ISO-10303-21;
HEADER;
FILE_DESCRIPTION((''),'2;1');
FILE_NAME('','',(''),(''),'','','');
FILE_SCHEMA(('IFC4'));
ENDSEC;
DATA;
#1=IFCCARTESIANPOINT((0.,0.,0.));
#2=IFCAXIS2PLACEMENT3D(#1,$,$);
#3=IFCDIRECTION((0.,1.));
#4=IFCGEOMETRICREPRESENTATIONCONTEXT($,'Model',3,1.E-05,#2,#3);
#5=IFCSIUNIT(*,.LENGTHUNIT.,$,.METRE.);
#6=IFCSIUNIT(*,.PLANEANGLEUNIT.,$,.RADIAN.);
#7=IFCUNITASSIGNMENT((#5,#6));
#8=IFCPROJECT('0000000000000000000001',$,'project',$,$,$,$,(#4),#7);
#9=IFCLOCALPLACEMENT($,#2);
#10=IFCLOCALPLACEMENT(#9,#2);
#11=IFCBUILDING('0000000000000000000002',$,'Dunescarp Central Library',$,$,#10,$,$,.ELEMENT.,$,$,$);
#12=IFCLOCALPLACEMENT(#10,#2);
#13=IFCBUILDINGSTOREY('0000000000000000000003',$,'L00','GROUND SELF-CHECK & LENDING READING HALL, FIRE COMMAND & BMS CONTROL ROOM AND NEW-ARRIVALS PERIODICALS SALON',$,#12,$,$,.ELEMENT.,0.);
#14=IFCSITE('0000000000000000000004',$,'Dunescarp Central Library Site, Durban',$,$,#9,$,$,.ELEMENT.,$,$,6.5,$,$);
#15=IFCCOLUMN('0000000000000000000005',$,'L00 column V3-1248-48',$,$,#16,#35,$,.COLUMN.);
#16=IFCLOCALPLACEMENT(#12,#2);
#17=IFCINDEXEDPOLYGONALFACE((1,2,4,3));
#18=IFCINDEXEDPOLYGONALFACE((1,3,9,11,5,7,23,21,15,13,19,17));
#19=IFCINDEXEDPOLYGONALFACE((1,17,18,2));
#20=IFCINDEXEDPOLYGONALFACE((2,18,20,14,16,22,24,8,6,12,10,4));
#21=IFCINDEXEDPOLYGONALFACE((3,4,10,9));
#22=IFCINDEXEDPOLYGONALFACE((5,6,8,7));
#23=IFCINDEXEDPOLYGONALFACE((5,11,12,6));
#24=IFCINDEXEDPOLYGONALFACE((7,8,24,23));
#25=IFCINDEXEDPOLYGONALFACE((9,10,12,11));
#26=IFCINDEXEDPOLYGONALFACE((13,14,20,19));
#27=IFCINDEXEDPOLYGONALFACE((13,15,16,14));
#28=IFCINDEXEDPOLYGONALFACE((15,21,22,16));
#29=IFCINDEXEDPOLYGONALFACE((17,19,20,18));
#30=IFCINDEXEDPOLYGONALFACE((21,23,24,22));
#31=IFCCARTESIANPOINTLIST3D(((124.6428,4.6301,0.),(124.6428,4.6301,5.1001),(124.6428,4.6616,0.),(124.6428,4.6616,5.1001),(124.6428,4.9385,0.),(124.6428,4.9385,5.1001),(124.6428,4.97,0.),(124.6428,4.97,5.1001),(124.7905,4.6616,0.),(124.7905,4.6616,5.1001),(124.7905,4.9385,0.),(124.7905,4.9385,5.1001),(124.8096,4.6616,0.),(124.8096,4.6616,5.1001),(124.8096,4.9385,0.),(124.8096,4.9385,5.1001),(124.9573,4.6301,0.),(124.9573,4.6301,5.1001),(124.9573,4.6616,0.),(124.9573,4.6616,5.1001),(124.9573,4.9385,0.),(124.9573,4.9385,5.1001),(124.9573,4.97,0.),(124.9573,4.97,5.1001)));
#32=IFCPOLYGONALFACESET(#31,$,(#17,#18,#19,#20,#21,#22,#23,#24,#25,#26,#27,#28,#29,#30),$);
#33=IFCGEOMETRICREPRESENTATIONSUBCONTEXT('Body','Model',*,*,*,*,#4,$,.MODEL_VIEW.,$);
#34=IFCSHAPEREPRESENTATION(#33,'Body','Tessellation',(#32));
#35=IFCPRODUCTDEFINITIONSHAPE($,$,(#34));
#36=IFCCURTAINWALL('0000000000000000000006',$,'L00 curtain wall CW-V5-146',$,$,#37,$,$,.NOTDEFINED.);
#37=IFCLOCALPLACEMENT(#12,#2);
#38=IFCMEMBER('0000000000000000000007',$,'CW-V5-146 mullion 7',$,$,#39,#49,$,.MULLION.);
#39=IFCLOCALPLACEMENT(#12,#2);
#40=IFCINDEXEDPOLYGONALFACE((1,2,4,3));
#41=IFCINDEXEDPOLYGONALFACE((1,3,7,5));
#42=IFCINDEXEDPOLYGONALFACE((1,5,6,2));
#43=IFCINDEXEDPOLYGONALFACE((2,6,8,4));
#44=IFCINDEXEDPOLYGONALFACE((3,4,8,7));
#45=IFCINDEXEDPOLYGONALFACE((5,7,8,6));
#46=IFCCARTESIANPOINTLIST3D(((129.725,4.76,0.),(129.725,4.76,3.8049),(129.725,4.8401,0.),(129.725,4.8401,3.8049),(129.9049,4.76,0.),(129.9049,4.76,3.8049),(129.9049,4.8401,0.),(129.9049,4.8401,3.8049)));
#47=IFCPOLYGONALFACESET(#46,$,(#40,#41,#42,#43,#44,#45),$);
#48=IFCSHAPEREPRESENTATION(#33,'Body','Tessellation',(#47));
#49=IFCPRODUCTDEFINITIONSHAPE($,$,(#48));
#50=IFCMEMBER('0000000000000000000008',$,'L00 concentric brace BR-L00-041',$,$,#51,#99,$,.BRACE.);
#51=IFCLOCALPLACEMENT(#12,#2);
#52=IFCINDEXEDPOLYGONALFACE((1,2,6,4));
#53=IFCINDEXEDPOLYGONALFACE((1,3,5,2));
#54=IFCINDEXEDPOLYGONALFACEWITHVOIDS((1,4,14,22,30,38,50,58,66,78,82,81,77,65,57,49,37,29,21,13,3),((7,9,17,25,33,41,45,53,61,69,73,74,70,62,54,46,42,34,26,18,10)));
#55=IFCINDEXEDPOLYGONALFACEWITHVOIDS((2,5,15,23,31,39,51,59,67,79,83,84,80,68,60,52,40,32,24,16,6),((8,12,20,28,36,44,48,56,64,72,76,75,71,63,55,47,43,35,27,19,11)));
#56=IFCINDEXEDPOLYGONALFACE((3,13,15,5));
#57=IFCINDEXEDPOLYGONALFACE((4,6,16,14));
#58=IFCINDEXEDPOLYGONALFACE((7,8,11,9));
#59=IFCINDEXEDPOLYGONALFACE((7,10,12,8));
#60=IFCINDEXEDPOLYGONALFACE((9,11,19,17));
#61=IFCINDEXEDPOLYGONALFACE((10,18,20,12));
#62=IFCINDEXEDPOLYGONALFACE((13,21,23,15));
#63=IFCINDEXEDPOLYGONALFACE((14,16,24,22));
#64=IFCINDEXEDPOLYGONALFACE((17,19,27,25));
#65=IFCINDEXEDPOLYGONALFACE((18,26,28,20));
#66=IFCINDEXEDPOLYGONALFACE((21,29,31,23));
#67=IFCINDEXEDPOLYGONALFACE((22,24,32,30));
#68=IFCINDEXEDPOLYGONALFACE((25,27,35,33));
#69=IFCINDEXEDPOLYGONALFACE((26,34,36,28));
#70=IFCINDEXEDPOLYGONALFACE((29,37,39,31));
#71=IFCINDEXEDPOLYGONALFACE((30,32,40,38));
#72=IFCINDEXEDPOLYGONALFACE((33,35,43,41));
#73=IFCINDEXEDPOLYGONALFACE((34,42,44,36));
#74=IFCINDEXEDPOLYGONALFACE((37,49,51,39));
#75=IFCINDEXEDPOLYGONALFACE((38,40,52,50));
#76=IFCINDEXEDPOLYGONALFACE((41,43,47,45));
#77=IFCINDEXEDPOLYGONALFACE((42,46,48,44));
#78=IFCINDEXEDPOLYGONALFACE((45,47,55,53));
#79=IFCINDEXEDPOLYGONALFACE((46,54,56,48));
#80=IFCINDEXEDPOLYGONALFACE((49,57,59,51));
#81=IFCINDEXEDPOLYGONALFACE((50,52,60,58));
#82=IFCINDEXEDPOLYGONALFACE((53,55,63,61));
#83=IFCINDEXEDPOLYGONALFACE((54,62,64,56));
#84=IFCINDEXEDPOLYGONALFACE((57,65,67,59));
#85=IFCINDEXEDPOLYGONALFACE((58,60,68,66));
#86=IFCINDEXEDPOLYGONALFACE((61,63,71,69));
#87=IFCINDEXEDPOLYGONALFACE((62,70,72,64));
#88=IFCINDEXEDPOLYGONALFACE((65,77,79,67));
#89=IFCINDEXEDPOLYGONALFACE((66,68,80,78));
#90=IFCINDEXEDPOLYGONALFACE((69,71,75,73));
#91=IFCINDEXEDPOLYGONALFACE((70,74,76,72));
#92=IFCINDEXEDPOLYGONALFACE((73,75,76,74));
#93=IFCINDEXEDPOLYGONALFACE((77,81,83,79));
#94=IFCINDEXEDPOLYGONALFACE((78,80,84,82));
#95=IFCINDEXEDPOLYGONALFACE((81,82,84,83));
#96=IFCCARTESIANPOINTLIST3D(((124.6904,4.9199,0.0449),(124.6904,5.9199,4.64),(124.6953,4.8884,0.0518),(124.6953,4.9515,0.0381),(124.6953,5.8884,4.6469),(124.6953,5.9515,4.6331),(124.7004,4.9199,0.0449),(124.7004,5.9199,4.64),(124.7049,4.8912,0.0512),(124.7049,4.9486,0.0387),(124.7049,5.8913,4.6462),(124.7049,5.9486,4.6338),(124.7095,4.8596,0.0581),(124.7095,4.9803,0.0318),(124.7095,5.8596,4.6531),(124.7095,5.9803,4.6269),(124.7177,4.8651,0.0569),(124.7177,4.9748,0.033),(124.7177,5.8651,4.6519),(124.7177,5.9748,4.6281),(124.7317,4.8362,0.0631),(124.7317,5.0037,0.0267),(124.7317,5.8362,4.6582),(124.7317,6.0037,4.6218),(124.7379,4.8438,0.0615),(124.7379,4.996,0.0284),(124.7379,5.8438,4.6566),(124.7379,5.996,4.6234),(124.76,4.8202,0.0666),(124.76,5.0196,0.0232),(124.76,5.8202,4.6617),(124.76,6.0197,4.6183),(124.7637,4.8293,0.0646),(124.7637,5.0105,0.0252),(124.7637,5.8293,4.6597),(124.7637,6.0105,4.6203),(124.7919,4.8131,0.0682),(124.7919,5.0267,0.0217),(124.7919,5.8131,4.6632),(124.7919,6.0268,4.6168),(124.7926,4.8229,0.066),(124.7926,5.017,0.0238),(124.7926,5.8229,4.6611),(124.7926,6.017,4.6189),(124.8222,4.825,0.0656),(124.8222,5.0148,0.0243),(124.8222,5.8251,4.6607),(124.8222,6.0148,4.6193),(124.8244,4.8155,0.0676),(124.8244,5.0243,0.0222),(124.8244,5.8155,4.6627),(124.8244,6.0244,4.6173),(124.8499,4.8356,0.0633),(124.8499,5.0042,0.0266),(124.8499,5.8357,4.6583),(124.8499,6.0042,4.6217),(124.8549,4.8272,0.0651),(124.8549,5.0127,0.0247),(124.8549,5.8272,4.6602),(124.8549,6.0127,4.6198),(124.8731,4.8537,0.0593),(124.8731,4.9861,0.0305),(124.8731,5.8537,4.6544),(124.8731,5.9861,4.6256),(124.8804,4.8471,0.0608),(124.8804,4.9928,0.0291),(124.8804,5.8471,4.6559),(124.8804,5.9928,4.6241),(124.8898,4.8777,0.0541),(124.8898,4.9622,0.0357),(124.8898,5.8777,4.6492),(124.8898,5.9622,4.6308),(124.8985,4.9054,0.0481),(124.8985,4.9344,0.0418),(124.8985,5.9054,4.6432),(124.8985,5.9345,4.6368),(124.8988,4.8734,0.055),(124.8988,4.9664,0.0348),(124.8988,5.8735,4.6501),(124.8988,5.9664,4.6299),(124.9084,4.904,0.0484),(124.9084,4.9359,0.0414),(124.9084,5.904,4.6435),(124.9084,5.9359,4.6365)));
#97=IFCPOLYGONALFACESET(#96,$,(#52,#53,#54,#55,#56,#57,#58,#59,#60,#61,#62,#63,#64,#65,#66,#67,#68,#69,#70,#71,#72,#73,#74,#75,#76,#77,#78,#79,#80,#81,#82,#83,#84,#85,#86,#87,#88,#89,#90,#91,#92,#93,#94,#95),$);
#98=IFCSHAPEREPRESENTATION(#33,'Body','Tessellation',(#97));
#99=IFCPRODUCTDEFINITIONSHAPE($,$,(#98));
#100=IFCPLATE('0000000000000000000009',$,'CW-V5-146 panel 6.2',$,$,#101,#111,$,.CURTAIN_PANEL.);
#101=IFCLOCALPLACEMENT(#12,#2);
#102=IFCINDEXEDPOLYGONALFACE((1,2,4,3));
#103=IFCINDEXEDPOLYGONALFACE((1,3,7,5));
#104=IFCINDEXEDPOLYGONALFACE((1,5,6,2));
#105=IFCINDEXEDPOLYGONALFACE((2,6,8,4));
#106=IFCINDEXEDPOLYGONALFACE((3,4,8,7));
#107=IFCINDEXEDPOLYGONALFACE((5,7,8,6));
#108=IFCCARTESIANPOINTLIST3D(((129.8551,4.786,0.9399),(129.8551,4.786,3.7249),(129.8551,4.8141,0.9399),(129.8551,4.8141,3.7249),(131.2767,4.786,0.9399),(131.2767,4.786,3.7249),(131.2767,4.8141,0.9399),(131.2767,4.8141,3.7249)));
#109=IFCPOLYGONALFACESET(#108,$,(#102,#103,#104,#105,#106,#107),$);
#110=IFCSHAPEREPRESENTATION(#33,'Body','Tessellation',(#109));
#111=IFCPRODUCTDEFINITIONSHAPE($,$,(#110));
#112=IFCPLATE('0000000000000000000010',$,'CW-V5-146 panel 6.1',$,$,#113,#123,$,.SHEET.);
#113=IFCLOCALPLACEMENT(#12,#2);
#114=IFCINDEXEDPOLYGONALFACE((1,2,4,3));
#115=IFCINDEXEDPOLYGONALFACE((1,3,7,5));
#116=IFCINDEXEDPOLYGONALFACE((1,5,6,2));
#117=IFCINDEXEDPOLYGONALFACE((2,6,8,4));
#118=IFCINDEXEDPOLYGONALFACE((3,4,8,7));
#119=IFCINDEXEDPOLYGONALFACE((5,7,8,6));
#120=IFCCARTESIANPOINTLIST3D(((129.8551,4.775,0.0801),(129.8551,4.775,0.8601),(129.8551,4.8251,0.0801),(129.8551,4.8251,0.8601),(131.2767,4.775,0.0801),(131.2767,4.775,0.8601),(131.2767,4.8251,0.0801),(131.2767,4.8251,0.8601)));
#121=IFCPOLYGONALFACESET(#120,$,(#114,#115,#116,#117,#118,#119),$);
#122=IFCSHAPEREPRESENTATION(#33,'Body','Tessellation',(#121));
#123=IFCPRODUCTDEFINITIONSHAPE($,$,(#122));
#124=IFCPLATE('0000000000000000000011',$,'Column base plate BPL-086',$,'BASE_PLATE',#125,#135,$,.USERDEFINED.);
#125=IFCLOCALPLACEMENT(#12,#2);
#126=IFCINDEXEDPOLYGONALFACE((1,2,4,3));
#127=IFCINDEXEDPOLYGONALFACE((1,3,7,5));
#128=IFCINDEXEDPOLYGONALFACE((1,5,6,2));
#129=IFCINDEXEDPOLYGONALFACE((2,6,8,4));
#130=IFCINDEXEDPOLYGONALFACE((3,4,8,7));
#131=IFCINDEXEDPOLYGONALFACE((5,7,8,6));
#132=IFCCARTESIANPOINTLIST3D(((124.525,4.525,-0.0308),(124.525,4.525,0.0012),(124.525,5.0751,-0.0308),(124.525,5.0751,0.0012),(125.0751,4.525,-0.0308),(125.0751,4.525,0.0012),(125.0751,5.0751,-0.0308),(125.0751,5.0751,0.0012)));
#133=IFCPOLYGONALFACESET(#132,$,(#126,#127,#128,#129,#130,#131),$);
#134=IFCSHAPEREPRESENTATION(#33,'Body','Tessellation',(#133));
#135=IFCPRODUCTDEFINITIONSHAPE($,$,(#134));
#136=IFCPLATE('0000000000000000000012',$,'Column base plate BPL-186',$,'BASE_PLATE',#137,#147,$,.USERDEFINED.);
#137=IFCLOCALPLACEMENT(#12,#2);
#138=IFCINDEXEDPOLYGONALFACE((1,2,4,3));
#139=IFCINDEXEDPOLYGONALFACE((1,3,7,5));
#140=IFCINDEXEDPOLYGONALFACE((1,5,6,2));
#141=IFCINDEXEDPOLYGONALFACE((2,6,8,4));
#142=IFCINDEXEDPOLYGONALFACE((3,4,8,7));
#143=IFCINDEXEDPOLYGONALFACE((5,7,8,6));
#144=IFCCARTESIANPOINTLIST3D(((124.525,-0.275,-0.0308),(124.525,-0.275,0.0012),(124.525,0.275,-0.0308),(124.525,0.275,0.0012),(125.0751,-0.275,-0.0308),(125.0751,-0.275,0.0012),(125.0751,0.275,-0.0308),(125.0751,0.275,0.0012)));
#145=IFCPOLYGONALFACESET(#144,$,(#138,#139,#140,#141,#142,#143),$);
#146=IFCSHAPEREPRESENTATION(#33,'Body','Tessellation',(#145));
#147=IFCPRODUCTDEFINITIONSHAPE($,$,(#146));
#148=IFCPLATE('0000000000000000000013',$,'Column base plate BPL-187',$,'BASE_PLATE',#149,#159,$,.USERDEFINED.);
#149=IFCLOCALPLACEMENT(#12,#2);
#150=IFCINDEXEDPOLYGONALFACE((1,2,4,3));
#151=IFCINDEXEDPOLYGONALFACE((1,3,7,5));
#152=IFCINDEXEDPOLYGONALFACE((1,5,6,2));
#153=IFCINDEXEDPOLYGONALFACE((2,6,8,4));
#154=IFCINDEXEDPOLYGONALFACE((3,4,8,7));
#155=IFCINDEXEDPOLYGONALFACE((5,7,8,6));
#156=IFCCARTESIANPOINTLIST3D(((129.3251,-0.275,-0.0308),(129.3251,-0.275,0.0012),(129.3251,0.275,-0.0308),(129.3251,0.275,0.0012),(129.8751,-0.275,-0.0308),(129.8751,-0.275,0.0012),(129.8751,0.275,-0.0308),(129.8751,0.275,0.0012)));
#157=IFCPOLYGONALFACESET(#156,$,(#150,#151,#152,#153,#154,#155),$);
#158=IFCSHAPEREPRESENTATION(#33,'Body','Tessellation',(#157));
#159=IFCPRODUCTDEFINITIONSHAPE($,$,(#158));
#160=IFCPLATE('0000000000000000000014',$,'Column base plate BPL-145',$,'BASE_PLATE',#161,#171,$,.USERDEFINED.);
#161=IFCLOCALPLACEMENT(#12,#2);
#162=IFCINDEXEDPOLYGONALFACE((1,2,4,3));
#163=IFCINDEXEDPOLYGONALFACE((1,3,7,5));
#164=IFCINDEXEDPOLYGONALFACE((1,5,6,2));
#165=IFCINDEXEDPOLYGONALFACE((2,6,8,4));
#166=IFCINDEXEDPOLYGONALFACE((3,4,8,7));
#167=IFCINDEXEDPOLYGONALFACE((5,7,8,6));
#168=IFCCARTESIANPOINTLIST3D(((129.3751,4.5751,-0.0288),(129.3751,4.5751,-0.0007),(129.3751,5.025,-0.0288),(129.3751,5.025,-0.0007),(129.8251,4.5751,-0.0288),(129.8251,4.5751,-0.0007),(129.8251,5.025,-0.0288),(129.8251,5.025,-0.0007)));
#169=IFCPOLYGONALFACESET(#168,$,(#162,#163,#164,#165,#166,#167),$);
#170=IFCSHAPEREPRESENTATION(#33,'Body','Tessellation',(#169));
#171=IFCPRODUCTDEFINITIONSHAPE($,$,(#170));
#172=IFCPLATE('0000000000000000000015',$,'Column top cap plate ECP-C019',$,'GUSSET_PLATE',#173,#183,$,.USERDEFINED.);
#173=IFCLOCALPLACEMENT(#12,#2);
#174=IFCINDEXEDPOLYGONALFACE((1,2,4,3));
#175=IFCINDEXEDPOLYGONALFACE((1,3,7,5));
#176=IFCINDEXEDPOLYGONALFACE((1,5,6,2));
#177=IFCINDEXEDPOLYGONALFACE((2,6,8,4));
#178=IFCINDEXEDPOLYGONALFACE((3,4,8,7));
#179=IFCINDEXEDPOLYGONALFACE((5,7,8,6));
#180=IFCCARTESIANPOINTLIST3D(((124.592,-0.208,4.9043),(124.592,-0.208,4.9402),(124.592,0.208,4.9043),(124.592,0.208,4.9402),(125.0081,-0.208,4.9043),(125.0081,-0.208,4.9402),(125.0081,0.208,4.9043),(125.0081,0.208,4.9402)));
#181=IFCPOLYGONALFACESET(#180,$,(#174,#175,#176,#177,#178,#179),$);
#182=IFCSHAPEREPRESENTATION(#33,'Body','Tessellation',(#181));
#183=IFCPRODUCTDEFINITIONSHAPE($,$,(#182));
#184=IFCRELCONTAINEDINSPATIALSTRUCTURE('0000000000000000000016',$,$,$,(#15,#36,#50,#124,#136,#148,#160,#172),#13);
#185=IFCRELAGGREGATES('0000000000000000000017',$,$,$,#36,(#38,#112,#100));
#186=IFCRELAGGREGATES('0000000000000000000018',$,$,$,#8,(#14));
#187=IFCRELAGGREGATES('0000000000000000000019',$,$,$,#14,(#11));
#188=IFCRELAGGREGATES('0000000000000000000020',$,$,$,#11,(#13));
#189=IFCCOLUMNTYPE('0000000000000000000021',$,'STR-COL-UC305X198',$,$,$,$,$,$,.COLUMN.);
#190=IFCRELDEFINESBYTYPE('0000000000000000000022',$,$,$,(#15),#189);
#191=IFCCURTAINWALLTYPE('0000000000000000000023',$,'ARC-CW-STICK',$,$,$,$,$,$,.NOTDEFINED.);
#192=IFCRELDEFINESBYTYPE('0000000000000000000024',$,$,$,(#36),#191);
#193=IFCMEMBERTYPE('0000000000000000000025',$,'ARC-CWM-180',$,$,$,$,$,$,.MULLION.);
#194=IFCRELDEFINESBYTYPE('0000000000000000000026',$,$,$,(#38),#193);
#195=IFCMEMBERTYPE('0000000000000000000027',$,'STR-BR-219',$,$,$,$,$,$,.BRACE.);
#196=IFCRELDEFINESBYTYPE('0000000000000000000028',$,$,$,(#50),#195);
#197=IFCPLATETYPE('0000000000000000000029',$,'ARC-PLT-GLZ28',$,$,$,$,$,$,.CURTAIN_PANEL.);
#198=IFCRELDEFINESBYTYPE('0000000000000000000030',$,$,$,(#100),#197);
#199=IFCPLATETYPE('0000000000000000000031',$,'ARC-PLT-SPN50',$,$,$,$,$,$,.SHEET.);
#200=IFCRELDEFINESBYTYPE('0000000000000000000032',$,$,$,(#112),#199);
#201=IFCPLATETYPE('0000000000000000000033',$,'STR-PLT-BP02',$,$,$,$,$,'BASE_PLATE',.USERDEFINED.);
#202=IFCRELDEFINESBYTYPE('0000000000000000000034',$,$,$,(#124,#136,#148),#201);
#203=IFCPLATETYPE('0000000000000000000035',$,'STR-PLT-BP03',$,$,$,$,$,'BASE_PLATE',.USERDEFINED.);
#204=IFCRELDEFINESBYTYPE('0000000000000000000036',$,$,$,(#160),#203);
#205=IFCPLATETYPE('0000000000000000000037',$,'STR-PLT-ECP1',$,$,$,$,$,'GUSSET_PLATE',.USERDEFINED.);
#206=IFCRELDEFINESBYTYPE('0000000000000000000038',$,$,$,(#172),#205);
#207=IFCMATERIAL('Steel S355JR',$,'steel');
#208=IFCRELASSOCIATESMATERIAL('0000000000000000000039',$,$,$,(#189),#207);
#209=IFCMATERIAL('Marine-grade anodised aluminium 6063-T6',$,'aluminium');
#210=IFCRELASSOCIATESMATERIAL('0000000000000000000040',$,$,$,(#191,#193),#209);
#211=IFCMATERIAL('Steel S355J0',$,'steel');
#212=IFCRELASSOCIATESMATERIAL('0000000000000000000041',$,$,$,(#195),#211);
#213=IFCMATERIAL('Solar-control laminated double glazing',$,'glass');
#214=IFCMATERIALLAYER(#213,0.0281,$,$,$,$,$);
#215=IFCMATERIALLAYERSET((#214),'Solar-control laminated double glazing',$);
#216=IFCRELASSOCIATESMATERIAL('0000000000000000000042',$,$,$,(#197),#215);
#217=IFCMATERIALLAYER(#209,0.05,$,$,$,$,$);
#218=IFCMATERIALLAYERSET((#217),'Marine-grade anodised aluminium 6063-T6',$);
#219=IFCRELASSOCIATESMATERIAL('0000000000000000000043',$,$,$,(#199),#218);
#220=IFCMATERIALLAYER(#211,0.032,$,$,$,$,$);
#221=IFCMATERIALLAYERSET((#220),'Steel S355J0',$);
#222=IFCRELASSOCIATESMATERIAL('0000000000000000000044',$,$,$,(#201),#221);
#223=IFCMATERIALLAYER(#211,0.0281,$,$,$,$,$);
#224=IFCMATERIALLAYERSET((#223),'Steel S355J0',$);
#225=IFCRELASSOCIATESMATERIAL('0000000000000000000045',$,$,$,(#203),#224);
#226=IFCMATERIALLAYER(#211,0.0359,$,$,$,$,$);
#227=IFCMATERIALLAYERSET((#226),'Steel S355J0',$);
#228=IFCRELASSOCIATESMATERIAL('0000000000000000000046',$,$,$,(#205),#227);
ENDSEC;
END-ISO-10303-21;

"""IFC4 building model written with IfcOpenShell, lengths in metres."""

from ifc_helpers import new_model, si_unit, direction, frame, origin, origin_2d, place, context, subcontext, project, spatial, rectangle, hollow_circle, i_section, extrude, material, layer, layer_set, material_profile, profile_set, type_object, element, aggregate, save


model = new_model("IFC4")

# Units and contexts
model_context = context("Model", 3, precision=1e-05, world=origin(), true_north=direction((0.0, 1.0)))
body_context = subcontext(model_context, "Body", "Model", "MODEL_VIEW")
ifc_project = project(units=[si_unit("LENGTHUNIT", "METRE"), si_unit("PLANEANGLEUNIT", "RADIAN")], contexts=[model_context])

# Site, building, storey
site_placement = place(None, origin())
site = spatial("IfcSite", under=ifc_project, at=site_placement, Name="Dunescarp Central Library Site, Durban", CompositionType="ELEMENT", RefElevation=6.5)
building_placement = place(site_placement, origin())
building = spatial("IfcBuilding", under=site, at=building_placement, Name="Dunescarp Central Library", CompositionType="ELEMENT")
storey_placement = place(building_placement, origin())
storey = spatial("IfcBuildingStorey", under=building, at=storey_placement, Name="L00", Description="GROUND SELF-CHECK & LENDING READING HALL, FIRE COMMAND & BMS CONTROL ROOM AND NEW-ARRIVALS PERIODICALS SALON", CompositionType="ELEMENT", Elevation=0.0)

# Column
ifc_material_1 = material(Name="Steel S355J0", Category="steel")
ifc_material_2 = material(Name="Steel S355JR", Category="steel")
ifc_material_profile_1 = material_profile(ifc_material_2, i_section(OverallWidth=0.3145, OverallDepth=0.3398, WebThickness=0.019, FlangeThickness=0.0315, at=origin_2d()), Name="UC 305x305x198")
ifc_profile_set_1 = profile_set([ifc_material_profile_1], Name="Steel S355JR")
column_type_1 = type_object("IfcColumnType", Name="STR-COL-UC305X198", PredefinedType="COLUMN", material=ifc_profile_set_1)
column_1_placement = place(storey_placement, frame((124.8, 4.8, 0.0), z_axis=(0.0, 0.0, 1.0), x_axis=(1.0, 0.0, 0.0)))
element("IfcColumn", 1, at=column_1_placement, inside=storey, type_object=column_type_1, Name="L00 column V3-1248-48", PredefinedType="COLUMN", context=body_context, shape_type="SweptSolid", body=[
    extrude(i_section(OverallWidth=0.3145, OverallDepth=0.3398, WebThickness=0.019, FlangeThickness=0.0315, at=origin_2d()), origin(), (0.0, 0.0, 1.0), 5.1001),
])

# Curtain wall, member
ifc_material_3 = material(Name="Marine-grade anodised aluminium 6063-T6", Category="aluminium")
curtain_wall_type = type_object("IfcCurtainWallType", Name="ARC-CW-STICK", PredefinedType="NOTDEFINED", material=ifc_material_3)
curtain_wall_placement = place(storey_placement, origin())
curtain_wall = element("IfcCurtainWall", 2, at=curtain_wall_placement, inside=storey, type_object=curtain_wall_type, Name="L00 curtain wall CW-V5-146", PredefinedType="NOTDEFINED")
ifc_material_profile_2 = material_profile(ifc_material_3, rectangle(XDim=0.0801, YDim=0.1799, at=origin_2d()), Name="AL 80x180")
ifc_profile_set_2 = profile_set([ifc_material_profile_2], Name="Marine-grade anodised aluminium 6063-T6")
member_type_1 = type_object("IfcMemberType", Name="ARC-CWM-180", PredefinedType="MULLION", material=ifc_profile_set_2)
member_1_placement = place(storey_placement, frame((129.8149, 4.8, 0.0), z_axis=(0.0, 0.0, 1.0), x_axis=(0.0, -1.0, 0.0)))
member_1 = element("IfcMember", 3, at=member_1_placement, type_object=member_type_1, Name="CW-V5-146 mullion 7", PredefinedType="MULLION", context=body_context, shape_type="SweptSolid", body=[
    extrude(rectangle(XDim=0.0801, YDim=0.1799, at=origin_2d()), origin(), (0.0, 0.0, 1.0), 3.8049),
])

# Member
ifc_material_profile_3 = material_profile(ifc_material_1, hollow_circle(Radius=0.1096, WallThickness=0.01, at=origin_2d()), Name="CHS 219.1x10")
ifc_profile_set_3 = profile_set([ifc_material_profile_3], Name="Steel S355J0")
member_type_2 = type_object("IfcMemberType", Name="STR-BR-219", PredefinedType="BRACE", material=ifc_profile_set_3)
member_2_placement = place(storey_placement, frame((124.8, 4.9199, 0.0449), z_axis=(0.0, 0.212652, 0.977128), x_axis=(-1.0, 0.0, 0.0)))
element("IfcMember", 4, at=member_2_placement, inside=storey, type_object=member_type_2, Name="L00 concentric brace BR-L00-041", PredefinedType="BRACE", context=body_context, shape_type="SweptSolid", body=[
    extrude(hollow_circle(Radius=0.1096, WallThickness=0.01, at=origin_2d()), origin(), (0.0, 0.0, 1.0), 4.7026),
])

# Plates
ifc_material_4 = material(Name="Solar-control laminated double glazing", Category="glass")
ifc_layer_1 = layer(ifc_material_4, 0.0281)
ifc_layer_set_1 = layer_set([ifc_layer_1], Name="Solar-control laminated double glazing")
plate_type_1 = type_object("IfcPlateType", Name="ARC-PLT-GLZ28", PredefinedType="CURTAIN_PANEL", material=ifc_layer_set_1)
plate_1_placement = place(storey_placement, frame((130.5659, 4.8, 0.9399), z_axis=(0.0, 0.0, 1.0), x_axis=(-1.0, 0.0, 0.0)))
plate_1 = element("IfcPlate", 5, at=plate_1_placement, type_object=plate_type_1, Name="CW-V5-146 panel 6.2", PredefinedType="CURTAIN_PANEL", context=body_context, shape_type="SweptSolid", body=[
    extrude(rectangle(XDim=1.4216, YDim=0.0281, at=origin_2d()), origin(), (0.0, 0.0, 1.0), 2.7849),
])
ifc_layer_2 = layer(ifc_material_3, 0.05)
ifc_layer_set_2 = layer_set([ifc_layer_2], Name="Marine-grade anodised aluminium 6063-T6")
plate_type_2 = type_object("IfcPlateType", Name="ARC-PLT-SPN50", PredefinedType="SHEET", material=ifc_layer_set_2)
plate_2_placement = place(storey_placement, frame((130.5659, 4.8, 0.0801), z_axis=(0.0, 0.0, 1.0), x_axis=(-1.0, 0.0, 0.0)))
plate_2 = element("IfcPlate", 6, at=plate_2_placement, type_object=plate_type_2, Name="CW-V5-146 panel 6.1", PredefinedType="SHEET", context=body_context, shape_type="SweptSolid", body=[
    extrude(rectangle(XDim=1.4216, YDim=0.05, at=origin_2d()), origin(), (0.0, 0.0, 1.0), 0.78),
])
aggregate(curtain_wall, [member_1, plate_2, plate_1])

# Plates
ifc_layer_3 = layer(ifc_material_1, 0.032)
ifc_layer_set_3 = layer_set([ifc_layer_3], Name="Steel S355J0")
plate_type_3 = type_object("IfcPlateType", Name="STR-PLT-BP02", ElementType="BASE_PLATE", PredefinedType="USERDEFINED", material=ifc_layer_set_3)
for number, where, z_axis, x_axis, name in (
    (7, (124.8, 4.8, -0.0308), (0.0, 0.0, 1.0), (1.0, 0.0, 0.0), "Column base plate BPL-086"),
    (8, (124.8, 0.0, -0.0308), (0.0, 0.0, 1.0), (1.0, 0.0, 0.0), "Column base plate BPL-186"),
    (9, (129.6001, 0.0, -0.0308), (0.0, 0.0, 1.0), (1.0, 0.0, 0.0), "Column base plate BPL-187"),
):
    element("IfcPlate", number, at=place(storey_placement, frame(where, z_axis=z_axis, x_axis=x_axis)), inside=storey, type_object=plate_type_3, Name=name, ObjectType="BASE_PLATE", PredefinedType="USERDEFINED", context=body_context, shape_type="SweptSolid", body=[
        extrude(rectangle(XDim=0.55, YDim=0.55, at=origin_2d()), origin(), (0.0, 0.0, 1.0), 0.032),
    ])
ifc_layer_4 = layer(ifc_material_1, 0.0281)
ifc_layer_set_4 = layer_set([ifc_layer_4], Name="Steel S355J0")
plate_type_4 = type_object("IfcPlateType", Name="STR-PLT-BP03", ElementType="BASE_PLATE", PredefinedType="USERDEFINED", material=ifc_layer_set_4)
plate_3_placement = place(storey_placement, frame((129.6001, 4.8, -0.0288), z_axis=(0.0, 0.0, 1.0), x_axis=(1.0, 0.0, 0.0)))
element("IfcPlate", 10, at=plate_3_placement, inside=storey, type_object=plate_type_4, Name="Column base plate BPL-145", ObjectType="BASE_PLATE", PredefinedType="USERDEFINED", context=body_context, shape_type="SweptSolid", body=[
    extrude(rectangle(XDim=0.45, YDim=0.45, at=origin_2d()), origin(), (0.0, 0.0, 1.0), 0.0281),
])
ifc_layer_5 = layer(ifc_material_1, 0.0359)
ifc_layer_set_5 = layer_set([ifc_layer_5], Name="Steel S355J0")
plate_type_5 = type_object("IfcPlateType", Name="STR-PLT-ECP1", ElementType="GUSSET_PLATE", PredefinedType="USERDEFINED", material=ifc_layer_set_5)
for number, where, z_axis, x_axis, name in (
    (11, (124.8, 0.0, 4.9043), (0.0, 0.0, 1.0), (1.0, 0.0, 0.0), "Column top cap plate ECP-C019"),
):
    element("IfcPlate", number, at=place(storey_placement, frame(where, z_axis=z_axis, x_axis=x_axis)), inside=storey, type_object=plate_type_5, Name=name, ObjectType="GUSSET_PLATE", PredefinedType="USERDEFINED", context=body_context, shape_type="SweptSolid", body=[
        extrude(rectangle(XDim=0.416, YDim=0.416, at=origin_2d()), origin(), (0.0, 0.0, 1.0), 0.0359),
    ])

save(model, "model.ifc")
